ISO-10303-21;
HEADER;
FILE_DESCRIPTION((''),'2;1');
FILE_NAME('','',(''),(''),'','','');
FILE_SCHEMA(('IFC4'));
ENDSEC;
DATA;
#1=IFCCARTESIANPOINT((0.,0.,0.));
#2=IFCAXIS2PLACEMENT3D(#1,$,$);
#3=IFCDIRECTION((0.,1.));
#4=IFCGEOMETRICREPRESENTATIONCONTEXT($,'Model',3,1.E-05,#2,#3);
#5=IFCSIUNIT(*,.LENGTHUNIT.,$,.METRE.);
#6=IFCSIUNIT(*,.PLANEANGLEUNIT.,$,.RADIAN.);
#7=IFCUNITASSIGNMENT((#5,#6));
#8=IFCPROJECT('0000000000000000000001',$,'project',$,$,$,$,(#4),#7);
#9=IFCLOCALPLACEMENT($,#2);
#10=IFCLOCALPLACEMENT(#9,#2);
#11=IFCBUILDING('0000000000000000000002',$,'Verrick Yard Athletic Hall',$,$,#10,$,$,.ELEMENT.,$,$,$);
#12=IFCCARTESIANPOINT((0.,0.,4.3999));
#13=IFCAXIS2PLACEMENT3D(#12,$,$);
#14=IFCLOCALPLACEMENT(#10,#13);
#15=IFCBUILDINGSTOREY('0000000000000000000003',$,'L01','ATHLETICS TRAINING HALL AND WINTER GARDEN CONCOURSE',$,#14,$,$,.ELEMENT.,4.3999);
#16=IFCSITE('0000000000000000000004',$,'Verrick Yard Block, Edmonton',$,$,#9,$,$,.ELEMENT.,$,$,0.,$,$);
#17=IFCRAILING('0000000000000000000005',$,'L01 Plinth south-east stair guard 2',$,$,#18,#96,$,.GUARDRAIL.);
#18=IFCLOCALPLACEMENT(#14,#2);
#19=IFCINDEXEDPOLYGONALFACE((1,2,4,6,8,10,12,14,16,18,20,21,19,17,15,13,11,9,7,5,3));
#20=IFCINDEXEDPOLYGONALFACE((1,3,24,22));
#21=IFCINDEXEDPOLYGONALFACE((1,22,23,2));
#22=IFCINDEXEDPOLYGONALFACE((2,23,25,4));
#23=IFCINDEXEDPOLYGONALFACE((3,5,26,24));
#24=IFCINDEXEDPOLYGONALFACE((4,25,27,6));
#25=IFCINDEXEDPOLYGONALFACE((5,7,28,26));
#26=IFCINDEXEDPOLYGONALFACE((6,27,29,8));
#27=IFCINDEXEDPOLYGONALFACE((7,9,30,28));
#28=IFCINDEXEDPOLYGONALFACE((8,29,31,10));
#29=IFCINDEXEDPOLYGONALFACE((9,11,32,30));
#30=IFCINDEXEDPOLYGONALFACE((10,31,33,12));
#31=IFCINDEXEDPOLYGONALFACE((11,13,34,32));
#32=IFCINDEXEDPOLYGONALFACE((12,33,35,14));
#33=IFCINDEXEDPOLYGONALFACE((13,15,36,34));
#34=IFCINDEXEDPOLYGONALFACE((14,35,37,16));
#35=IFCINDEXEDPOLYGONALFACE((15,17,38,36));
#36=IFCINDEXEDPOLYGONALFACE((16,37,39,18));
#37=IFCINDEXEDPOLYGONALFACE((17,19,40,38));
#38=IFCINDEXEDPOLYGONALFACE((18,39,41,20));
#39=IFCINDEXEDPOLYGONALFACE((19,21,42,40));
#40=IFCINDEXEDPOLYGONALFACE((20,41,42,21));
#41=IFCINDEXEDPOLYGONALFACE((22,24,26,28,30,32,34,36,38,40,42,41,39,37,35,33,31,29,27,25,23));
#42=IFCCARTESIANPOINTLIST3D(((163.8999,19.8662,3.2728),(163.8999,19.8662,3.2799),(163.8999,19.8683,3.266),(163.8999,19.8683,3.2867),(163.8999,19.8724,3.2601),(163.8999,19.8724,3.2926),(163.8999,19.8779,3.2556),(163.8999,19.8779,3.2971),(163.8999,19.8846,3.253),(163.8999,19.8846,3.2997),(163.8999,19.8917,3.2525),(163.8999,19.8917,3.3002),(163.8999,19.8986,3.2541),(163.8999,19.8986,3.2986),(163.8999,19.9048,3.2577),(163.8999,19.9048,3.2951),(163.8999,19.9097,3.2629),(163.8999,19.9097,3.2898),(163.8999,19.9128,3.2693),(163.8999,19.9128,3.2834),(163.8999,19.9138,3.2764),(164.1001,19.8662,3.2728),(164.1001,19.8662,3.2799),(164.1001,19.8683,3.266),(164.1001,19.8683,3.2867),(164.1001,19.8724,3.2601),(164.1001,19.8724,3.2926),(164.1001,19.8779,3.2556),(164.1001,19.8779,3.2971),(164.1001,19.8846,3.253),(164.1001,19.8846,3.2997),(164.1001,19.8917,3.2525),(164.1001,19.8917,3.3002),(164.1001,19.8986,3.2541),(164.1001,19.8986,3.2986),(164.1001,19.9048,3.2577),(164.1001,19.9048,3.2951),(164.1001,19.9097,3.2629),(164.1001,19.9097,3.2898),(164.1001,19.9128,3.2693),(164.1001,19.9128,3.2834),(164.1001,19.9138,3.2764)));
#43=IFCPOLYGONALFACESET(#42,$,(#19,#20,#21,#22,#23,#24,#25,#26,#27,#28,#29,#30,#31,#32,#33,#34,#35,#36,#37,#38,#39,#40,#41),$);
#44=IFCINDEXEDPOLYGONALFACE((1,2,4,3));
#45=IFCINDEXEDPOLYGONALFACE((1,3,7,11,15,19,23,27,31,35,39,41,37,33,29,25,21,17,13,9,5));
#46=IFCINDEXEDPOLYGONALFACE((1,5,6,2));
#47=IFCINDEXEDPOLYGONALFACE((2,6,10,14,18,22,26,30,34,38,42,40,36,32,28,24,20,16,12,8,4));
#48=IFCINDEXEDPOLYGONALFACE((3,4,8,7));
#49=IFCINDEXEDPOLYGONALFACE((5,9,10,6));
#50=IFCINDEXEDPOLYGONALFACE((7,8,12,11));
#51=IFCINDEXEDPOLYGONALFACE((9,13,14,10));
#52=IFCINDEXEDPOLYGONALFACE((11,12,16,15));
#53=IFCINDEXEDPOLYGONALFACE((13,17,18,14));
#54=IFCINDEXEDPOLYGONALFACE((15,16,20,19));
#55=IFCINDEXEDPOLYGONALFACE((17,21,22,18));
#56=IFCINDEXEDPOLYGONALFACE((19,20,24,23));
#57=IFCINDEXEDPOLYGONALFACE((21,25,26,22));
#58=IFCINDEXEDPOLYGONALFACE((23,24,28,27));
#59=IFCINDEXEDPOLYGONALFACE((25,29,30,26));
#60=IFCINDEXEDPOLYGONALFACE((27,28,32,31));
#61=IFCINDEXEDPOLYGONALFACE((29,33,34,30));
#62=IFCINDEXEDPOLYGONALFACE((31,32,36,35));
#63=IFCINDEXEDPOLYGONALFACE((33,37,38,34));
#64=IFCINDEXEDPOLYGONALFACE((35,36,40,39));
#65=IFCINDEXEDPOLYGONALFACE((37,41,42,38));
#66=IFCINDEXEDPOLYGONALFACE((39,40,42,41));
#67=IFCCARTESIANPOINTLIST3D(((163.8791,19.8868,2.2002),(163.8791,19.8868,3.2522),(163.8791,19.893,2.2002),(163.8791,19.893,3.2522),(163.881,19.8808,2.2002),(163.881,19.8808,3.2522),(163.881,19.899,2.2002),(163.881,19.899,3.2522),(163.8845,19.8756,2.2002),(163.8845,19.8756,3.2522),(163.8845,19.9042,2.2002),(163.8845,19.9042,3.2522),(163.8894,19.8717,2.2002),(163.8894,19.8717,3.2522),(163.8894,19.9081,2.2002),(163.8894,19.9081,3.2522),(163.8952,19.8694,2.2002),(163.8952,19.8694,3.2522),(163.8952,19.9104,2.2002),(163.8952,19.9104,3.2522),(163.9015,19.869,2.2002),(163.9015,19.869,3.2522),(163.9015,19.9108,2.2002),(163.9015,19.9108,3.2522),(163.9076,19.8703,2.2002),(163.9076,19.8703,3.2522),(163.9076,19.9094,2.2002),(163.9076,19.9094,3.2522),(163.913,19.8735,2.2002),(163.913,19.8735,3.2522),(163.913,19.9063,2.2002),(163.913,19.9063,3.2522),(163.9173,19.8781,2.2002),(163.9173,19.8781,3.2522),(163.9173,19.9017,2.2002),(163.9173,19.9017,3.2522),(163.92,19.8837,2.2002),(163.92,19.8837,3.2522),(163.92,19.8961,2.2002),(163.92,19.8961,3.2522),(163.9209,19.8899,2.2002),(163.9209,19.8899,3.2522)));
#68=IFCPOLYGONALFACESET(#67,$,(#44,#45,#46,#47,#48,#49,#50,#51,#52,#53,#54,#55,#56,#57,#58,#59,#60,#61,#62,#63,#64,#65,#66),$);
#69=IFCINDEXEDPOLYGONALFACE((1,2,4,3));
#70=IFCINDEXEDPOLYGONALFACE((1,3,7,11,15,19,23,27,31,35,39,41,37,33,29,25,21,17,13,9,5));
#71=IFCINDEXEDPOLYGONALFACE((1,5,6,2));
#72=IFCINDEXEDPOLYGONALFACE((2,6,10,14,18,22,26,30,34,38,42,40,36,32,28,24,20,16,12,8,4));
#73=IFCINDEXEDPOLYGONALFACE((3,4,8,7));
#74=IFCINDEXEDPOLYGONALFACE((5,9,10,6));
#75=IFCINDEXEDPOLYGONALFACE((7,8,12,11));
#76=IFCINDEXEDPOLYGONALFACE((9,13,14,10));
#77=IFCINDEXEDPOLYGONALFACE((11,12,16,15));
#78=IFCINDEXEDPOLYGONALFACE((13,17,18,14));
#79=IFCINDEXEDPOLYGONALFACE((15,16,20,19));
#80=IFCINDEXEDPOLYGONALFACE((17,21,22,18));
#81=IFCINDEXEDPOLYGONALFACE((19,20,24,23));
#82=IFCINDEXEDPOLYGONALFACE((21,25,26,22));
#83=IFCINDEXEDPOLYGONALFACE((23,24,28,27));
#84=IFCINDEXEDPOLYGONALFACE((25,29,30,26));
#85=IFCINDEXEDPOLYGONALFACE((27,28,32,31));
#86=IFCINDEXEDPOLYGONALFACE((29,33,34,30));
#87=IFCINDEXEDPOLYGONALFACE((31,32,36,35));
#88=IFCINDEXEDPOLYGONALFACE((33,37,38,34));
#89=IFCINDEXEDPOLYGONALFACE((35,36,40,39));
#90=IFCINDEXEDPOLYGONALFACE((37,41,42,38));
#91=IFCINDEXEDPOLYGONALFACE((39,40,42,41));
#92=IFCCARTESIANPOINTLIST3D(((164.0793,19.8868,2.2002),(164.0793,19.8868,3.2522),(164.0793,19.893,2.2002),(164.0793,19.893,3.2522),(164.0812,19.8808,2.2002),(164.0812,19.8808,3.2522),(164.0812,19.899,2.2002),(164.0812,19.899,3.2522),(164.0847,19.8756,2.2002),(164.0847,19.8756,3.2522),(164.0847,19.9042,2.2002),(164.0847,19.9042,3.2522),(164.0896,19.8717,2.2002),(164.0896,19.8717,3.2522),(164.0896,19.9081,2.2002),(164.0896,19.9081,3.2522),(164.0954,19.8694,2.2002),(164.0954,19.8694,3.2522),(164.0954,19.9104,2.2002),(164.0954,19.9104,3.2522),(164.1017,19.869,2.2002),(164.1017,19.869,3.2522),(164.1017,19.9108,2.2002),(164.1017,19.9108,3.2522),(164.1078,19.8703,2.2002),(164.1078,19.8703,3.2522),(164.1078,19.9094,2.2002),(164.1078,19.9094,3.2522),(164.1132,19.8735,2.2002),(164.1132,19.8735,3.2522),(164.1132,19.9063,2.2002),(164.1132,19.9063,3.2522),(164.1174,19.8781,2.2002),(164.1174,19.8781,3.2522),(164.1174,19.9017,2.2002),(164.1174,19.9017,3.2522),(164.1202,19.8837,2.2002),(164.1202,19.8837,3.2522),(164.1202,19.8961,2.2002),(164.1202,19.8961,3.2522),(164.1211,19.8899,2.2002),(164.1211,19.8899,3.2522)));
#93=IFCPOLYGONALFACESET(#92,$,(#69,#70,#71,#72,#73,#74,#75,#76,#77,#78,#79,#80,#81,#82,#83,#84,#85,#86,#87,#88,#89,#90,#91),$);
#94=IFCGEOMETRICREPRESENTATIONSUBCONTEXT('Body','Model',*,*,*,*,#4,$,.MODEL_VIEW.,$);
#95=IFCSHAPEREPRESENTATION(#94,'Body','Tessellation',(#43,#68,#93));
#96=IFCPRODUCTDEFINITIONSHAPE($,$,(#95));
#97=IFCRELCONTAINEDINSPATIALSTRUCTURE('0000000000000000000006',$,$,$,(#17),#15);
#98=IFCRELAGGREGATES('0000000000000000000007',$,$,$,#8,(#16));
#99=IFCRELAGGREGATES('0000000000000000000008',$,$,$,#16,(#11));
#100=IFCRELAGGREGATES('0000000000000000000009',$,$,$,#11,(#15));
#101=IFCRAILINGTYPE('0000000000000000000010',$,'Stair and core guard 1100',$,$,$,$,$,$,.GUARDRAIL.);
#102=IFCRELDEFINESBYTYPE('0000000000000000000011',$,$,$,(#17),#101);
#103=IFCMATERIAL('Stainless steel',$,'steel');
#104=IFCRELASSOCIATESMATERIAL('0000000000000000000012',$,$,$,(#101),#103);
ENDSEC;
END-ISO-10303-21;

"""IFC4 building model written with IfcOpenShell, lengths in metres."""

from ifc_helpers import new_model, si_unit, direction, frame, origin, origin_2d, place, context, subcontext, project, spatial, circle, extrude, material, type_object, element, save


model = new_model("IFC4")

# Units and contexts
model_context = context("Model", 3, precision=1e-05, world=origin(), true_north=direction((0.0, 1.0)))
body_context = subcontext(model_context, "Body", "Model", "MODEL_VIEW")
ifc_project = project(units=[si_unit("LENGTHUNIT", "METRE"), si_unit("PLANEANGLEUNIT", "RADIAN")], contexts=[model_context])

# Site, building, storey
site_placement = place(None, origin())
site = spatial("IfcSite", under=ifc_project, at=site_placement, Name="Verrick Yard Block, Edmonton", CompositionType="ELEMENT", RefElevation=0.0)
building_placement = place(site_placement, origin())
building = spatial("IfcBuilding", under=site, at=building_placement, Name="Verrick Yard Athletic Hall", CompositionType="ELEMENT")
storey_placement = place(building_placement, frame((0.0, 0.0, 4.3999)))
storey = spatial("IfcBuildingStorey", under=building, at=storey_placement, Name="L01", Description="ATHLETICS TRAINING HALL AND WINTER GARDEN CONCOURSE", CompositionType="ELEMENT", Elevation=4.3999)

# Railing
ifc_material_1 = material(Name="Stainless steel", Category="steel")
railing_type_1 = type_object("IfcRailingType", Name="Stair and core guard 1100", PredefinedType="GUARDRAIL", material=ifc_material_1)
railing_1_placement = place(storey_placement, frame((163.8999, 19.8899, 2.2002)))
element("IfcRailing", 1, at=railing_1_placement, inside=storey, type_object=railing_type_1, Name="L01 Plinth south-east stair guard 2", PredefinedType="GUARDRAIL", context=body_context, shape_type="SweptSolid", body=[
    extrude(circle(Radius=0.0239, at=origin_2d()), frame((0.0, 0.0, 1.0762), z_axis=(1.0, 0.0, 0.0), x_axis=(0.0, 1.0, 0.0)), (0.0, 0.0, 1.0), 0.2002),
    extrude(circle(Radius=0.021, at=origin_2d()), origin(), (0.0, 0.0, 1.0), 1.052),
    extrude(circle(Radius=0.021, at=origin_2d()), frame((0.2002, 0.0, 0.0)), (0.0, 0.0, 1.0), 1.052),
])

save(model, "model.ifc")
